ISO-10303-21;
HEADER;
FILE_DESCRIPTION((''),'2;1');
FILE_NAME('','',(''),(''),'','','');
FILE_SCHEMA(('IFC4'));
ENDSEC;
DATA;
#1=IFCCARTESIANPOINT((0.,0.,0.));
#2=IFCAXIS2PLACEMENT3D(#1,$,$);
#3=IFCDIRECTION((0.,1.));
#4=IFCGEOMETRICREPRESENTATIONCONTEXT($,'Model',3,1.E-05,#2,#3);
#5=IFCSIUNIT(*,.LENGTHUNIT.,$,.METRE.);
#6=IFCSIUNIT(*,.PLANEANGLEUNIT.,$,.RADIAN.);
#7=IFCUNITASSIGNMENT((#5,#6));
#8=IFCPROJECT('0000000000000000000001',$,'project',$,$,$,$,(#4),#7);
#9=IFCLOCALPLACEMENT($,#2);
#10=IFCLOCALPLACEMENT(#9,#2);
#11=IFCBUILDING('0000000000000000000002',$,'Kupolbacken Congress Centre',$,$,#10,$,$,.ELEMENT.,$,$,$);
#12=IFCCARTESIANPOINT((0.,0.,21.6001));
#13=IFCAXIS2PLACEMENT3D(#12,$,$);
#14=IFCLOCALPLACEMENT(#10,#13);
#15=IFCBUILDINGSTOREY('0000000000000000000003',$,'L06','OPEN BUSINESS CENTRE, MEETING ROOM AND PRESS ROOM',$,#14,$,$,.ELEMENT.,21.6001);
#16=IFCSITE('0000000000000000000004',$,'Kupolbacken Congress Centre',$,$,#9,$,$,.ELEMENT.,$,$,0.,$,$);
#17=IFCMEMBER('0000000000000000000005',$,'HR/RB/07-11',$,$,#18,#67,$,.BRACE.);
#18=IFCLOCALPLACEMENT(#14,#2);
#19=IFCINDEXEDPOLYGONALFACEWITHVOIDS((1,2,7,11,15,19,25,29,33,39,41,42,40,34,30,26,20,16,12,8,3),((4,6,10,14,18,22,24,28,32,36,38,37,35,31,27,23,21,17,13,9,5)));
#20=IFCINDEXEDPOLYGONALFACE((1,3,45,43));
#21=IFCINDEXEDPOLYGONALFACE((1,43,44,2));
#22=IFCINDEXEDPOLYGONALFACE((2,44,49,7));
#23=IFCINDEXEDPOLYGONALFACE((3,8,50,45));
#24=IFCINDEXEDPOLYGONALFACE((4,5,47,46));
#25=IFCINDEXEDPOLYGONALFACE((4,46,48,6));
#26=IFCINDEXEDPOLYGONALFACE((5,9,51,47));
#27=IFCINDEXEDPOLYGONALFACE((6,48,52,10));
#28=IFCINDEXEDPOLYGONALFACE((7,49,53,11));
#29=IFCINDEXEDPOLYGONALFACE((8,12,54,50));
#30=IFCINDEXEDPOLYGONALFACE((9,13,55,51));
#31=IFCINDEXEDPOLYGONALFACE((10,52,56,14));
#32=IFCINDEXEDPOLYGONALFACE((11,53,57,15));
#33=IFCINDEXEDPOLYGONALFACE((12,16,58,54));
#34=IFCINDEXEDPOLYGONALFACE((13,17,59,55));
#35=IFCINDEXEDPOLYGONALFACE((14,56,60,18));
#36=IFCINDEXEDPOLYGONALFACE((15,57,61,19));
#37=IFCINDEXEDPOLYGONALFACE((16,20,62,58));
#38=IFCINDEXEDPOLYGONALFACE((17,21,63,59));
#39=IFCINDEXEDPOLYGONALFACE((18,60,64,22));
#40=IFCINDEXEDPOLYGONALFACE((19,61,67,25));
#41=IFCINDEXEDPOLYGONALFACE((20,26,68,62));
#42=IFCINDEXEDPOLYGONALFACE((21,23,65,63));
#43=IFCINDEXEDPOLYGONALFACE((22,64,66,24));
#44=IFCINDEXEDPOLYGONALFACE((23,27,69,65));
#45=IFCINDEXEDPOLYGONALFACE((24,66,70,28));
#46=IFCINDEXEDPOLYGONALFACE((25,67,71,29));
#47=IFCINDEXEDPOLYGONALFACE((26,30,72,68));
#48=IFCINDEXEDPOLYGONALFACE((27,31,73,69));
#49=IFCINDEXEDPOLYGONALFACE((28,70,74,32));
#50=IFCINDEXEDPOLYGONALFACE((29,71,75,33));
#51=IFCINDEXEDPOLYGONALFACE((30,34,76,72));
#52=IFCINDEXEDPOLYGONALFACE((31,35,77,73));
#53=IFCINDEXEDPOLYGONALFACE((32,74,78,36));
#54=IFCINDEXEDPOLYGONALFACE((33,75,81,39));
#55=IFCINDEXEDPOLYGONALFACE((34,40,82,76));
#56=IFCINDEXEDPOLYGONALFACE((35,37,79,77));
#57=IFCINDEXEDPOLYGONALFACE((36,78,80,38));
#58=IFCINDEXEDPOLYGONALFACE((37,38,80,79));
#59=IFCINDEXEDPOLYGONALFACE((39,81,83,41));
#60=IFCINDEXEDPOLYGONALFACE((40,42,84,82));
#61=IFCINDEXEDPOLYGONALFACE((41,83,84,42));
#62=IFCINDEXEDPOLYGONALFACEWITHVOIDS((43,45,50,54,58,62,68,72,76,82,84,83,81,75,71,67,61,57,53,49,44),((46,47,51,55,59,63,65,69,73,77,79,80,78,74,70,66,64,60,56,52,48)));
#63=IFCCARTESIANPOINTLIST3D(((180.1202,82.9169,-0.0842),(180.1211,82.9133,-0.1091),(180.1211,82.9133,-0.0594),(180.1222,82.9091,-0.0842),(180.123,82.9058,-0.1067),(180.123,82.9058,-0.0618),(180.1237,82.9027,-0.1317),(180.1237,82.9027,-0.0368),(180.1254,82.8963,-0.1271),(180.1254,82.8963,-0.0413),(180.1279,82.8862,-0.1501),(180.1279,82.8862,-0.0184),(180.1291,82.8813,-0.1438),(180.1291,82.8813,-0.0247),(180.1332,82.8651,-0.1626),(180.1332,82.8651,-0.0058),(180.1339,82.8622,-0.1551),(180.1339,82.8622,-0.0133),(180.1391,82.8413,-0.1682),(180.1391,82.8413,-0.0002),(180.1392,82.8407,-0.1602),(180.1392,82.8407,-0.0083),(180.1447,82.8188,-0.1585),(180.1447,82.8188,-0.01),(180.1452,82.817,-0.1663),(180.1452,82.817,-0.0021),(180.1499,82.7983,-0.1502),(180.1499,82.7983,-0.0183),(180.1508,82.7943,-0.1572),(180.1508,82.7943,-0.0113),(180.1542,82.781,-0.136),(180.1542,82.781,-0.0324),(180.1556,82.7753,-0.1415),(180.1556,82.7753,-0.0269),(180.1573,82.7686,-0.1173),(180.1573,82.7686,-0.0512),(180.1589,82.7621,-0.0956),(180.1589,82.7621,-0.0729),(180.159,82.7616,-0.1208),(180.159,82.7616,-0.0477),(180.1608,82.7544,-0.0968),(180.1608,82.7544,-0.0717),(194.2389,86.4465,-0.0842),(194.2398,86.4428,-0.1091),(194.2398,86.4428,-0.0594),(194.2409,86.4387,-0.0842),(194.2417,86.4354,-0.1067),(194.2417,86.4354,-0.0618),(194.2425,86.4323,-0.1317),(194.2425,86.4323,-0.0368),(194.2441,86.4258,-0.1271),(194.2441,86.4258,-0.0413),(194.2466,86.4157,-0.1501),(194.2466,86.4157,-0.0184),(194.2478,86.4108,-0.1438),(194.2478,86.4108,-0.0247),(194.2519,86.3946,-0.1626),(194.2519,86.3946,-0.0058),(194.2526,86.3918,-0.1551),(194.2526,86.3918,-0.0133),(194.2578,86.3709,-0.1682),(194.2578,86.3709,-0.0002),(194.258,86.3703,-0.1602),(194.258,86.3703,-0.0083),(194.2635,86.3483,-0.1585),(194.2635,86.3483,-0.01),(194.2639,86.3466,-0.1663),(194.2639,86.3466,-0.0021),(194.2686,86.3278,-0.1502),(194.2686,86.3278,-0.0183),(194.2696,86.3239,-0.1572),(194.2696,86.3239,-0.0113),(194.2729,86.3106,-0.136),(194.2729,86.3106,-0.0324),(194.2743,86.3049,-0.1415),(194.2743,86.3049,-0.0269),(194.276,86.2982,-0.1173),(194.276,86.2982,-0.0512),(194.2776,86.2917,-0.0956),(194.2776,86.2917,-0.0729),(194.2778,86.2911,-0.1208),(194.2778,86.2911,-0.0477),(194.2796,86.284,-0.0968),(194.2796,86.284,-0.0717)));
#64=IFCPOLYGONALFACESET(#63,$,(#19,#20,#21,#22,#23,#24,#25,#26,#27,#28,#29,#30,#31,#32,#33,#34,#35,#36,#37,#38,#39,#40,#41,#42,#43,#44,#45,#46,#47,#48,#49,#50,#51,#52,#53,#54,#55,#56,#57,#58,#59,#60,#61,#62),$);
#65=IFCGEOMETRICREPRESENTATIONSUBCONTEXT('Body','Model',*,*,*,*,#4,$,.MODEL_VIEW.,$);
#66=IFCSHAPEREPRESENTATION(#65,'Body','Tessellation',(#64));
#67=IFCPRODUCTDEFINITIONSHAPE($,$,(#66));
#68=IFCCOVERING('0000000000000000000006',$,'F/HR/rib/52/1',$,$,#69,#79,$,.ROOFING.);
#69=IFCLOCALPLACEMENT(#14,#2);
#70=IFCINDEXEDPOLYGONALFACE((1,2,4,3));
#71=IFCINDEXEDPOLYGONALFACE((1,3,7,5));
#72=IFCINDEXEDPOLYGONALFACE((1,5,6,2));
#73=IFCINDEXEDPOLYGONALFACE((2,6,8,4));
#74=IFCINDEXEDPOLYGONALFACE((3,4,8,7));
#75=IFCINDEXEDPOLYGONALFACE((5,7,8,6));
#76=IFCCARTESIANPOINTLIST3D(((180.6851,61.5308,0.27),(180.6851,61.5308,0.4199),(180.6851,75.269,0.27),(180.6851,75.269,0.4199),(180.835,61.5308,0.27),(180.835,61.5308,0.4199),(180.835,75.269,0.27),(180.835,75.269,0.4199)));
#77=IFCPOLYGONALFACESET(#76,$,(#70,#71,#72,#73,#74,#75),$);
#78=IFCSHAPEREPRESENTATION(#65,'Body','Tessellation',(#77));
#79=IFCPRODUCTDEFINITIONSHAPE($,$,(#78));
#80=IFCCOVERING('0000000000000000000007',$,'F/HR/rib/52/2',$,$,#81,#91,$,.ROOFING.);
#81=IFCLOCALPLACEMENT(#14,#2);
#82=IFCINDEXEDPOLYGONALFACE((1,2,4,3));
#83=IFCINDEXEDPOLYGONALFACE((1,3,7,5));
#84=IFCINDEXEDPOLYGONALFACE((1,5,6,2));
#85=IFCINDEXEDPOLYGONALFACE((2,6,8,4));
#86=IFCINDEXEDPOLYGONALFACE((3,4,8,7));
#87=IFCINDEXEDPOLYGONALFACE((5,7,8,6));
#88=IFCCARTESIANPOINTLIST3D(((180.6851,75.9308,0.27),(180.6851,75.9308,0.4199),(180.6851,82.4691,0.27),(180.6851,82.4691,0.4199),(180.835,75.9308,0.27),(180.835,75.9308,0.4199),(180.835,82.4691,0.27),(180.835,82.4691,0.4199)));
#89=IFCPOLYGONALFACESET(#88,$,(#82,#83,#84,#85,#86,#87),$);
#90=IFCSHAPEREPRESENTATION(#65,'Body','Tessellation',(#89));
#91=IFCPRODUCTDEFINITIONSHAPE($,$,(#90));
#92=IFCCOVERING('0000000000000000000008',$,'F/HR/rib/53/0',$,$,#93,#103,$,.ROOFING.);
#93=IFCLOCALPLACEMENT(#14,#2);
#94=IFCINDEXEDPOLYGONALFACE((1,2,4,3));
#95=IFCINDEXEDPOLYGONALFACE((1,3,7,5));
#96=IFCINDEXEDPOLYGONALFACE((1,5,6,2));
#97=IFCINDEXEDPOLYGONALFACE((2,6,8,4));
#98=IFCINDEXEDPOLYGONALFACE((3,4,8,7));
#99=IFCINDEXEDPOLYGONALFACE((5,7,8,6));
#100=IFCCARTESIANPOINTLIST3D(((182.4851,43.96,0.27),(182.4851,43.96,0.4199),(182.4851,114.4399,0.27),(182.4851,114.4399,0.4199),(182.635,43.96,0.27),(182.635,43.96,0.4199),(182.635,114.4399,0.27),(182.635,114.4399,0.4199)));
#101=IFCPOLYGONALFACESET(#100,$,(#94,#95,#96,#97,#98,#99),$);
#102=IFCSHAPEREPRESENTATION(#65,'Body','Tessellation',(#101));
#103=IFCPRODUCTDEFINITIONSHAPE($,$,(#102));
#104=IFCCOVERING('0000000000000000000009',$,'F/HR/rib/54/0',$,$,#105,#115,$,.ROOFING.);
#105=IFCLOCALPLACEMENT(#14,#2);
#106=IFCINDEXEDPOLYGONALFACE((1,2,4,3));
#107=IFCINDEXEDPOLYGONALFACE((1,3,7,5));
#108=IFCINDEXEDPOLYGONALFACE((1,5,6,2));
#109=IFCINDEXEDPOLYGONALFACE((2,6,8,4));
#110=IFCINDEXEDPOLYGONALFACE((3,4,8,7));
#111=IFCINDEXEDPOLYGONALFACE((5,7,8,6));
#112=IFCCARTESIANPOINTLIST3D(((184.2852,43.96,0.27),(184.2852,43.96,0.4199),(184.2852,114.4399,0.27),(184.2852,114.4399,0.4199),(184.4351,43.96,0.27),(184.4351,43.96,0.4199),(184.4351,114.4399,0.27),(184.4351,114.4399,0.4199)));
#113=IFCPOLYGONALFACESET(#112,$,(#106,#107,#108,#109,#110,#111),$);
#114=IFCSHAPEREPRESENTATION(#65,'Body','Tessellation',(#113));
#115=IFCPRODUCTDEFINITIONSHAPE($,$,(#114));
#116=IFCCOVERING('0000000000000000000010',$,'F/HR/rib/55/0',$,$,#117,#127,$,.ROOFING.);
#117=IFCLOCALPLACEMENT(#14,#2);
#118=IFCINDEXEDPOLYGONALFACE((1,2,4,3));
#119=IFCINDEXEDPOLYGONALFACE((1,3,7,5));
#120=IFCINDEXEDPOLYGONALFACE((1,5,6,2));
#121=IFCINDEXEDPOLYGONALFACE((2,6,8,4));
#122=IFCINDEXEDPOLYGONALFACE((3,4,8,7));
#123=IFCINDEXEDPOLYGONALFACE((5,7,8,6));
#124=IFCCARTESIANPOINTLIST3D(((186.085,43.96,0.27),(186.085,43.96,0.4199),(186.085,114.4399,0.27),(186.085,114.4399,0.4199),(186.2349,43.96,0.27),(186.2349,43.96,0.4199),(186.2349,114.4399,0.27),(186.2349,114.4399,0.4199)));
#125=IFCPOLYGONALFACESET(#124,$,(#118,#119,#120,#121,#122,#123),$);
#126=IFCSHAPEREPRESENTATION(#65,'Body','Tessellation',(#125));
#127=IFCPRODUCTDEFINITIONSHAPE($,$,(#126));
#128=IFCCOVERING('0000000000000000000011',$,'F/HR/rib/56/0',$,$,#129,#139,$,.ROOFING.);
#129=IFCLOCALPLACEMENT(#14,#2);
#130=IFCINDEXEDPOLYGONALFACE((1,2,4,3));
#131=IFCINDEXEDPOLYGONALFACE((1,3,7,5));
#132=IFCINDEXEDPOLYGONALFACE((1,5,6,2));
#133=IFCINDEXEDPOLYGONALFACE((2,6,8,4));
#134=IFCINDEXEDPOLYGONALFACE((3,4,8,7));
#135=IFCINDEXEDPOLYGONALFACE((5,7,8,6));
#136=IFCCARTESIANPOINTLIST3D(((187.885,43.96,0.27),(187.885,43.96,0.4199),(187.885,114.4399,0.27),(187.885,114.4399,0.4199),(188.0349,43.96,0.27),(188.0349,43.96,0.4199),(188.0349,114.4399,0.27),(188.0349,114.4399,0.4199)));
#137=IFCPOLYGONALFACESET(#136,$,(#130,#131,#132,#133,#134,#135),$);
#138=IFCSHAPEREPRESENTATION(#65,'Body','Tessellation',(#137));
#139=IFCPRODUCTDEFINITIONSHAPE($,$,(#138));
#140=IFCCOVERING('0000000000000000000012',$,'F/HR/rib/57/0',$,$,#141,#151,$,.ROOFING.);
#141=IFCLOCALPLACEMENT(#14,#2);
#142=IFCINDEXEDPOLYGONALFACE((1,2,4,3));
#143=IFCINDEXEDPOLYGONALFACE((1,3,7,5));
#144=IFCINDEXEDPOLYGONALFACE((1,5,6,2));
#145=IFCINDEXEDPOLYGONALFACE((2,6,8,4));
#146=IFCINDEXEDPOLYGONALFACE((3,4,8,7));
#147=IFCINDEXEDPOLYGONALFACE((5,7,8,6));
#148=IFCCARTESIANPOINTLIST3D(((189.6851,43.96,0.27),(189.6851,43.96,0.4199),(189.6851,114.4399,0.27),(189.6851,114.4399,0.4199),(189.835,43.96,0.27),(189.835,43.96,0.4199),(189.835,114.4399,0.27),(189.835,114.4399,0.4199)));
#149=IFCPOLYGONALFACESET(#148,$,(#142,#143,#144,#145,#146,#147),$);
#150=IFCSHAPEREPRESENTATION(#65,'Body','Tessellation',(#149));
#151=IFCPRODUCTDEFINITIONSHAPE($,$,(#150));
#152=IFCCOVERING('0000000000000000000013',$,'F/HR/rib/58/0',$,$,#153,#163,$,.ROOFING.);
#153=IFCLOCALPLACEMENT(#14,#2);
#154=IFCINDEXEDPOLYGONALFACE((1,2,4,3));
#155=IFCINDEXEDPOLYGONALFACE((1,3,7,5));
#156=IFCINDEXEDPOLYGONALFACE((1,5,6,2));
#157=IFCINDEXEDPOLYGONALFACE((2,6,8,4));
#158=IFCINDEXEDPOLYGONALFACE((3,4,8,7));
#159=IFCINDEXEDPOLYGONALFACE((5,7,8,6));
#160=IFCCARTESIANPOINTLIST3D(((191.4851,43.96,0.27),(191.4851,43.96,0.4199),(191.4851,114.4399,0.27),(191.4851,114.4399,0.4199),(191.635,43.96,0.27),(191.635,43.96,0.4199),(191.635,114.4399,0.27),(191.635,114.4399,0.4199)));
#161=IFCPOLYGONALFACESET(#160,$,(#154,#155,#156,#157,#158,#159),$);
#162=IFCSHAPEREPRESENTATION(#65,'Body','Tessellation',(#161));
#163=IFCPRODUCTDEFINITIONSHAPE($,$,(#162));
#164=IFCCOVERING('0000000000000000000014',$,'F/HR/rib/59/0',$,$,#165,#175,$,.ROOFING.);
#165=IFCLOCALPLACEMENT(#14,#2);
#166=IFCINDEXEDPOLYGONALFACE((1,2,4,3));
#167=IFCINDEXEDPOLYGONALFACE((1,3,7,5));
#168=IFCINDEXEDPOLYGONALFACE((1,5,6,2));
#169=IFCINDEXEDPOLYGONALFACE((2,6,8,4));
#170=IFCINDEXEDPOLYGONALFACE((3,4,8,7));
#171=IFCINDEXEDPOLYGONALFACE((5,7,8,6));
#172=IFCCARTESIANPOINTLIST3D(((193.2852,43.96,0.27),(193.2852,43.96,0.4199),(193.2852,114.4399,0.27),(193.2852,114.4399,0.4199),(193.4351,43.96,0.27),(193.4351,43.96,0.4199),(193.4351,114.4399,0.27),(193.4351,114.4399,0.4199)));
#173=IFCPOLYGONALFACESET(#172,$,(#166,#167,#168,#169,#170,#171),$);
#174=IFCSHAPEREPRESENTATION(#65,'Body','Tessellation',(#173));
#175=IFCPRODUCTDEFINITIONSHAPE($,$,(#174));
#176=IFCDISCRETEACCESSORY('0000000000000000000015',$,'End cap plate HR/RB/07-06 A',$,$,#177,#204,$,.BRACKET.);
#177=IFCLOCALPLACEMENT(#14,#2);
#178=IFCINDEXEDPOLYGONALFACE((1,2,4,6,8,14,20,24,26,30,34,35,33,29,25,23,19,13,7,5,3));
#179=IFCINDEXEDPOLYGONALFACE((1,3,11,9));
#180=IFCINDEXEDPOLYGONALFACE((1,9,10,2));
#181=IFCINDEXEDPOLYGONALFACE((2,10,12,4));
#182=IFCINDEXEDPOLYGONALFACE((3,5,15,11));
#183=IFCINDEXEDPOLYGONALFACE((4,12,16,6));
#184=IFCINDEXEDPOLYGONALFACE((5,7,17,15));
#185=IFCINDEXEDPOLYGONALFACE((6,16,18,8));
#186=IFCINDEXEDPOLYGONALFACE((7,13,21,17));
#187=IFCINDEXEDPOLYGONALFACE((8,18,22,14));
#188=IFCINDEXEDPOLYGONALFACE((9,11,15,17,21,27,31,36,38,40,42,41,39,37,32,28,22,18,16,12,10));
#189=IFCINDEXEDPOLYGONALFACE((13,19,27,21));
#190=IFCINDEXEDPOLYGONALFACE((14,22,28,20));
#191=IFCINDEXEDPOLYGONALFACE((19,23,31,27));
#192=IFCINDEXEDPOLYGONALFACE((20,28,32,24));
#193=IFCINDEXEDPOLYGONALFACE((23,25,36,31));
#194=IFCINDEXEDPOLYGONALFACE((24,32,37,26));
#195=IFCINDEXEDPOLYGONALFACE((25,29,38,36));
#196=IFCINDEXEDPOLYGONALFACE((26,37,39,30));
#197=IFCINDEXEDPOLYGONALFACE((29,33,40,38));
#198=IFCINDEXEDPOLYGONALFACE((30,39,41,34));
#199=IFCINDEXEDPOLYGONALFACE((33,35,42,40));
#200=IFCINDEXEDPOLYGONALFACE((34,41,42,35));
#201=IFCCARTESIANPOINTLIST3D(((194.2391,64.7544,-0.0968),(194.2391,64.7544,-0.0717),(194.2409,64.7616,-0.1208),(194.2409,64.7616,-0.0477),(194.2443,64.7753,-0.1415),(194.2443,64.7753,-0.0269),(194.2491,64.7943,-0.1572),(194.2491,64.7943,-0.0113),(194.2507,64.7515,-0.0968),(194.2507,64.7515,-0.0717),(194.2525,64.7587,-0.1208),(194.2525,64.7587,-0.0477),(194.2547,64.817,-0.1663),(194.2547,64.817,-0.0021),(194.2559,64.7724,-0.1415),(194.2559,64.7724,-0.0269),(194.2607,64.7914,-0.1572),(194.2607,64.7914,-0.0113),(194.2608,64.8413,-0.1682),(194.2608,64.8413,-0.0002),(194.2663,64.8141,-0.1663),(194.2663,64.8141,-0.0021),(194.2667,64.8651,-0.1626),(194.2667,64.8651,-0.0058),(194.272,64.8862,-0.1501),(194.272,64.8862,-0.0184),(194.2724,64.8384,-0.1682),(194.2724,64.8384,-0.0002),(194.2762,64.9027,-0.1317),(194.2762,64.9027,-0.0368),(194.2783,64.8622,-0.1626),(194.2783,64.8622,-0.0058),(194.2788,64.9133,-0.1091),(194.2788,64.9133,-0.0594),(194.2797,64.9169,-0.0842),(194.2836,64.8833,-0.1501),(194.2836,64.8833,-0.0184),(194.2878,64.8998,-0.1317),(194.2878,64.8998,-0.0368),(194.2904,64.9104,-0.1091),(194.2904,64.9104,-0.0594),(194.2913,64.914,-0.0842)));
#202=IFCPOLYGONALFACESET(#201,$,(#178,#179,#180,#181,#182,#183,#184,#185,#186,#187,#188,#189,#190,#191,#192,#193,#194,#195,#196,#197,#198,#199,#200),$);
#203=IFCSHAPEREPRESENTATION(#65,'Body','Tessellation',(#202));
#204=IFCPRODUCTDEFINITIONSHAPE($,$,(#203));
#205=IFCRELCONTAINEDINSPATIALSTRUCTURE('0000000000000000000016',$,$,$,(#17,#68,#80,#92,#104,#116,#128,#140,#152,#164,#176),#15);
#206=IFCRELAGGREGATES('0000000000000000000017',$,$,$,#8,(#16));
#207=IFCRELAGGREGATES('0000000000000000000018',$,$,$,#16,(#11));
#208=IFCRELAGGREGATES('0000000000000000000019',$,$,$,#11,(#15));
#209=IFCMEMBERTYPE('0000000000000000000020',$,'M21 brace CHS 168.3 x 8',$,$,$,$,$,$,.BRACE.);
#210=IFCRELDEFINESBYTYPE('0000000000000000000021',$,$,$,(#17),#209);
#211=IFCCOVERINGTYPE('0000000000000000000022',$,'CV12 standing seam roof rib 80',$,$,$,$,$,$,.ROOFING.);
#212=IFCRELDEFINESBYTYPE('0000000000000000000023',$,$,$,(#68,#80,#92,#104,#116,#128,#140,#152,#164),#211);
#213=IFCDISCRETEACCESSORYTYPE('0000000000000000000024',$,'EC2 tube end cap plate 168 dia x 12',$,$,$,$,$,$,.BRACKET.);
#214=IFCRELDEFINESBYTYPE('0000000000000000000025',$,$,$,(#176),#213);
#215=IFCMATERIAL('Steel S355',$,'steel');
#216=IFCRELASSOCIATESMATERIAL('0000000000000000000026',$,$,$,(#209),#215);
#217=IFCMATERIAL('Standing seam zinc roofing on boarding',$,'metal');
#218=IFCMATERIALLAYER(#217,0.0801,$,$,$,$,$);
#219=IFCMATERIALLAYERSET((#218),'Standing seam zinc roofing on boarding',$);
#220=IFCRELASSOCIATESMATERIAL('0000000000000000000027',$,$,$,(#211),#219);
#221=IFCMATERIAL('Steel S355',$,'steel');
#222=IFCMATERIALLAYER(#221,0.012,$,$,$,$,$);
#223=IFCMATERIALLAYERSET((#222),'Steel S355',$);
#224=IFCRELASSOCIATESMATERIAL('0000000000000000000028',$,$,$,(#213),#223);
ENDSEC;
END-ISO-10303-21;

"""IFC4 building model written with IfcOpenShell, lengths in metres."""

from ifc_helpers import new_model, si_unit, direction, frame, origin, origin_2d, place, context, subcontext, project, spatial, rectangle, circle, hollow_circle, extrude, material, layer, layer_set, material_profile, profile_set, type_object, element, save


model = new_model("IFC4")

# Units and contexts
model_context = context("Model", 3, precision=1e-05, world=origin(), true_north=direction((0.0, 1.0)))
body_context = subcontext(model_context, "Body", "Model", "MODEL_VIEW")
ifc_project = project(units=[si_unit("LENGTHUNIT", "METRE"), si_unit("PLANEANGLEUNIT", "RADIAN")], contexts=[model_context])

# Site, building, storey
site_placement = place(None, origin())
site = spatial("IfcSite", under=ifc_project, at=site_placement, Name="Kupolbacken Congress Centre", CompositionType="ELEMENT", RefElevation=0.0)
building_placement = place(site_placement, origin())
building = spatial("IfcBuilding", under=site, at=building_placement, Name="Kupolbacken Congress Centre", CompositionType="ELEMENT")
storey_placement = place(building_placement, frame((0.0, 0.0, 21.6001)))
storey = spatial("IfcBuildingStorey", under=building, at=storey_placement, Name="L06", Description="OPEN BUSINESS CENTRE, MEETING ROOM AND PRESS ROOM", CompositionType="ELEMENT", Elevation=21.6001)

# Member
ifc_material_1 = material(Name="Steel S355", Category="steel")
ifc_material_profile_1 = material_profile(ifc_material_1, hollow_circle(Radius=0.0842, WallThickness=0.0081, at=origin_2d()), Name="CHS 168.3 x 8")
ifc_profile_set_1 = profile_set([ifc_material_profile_1], Name="Steel S355")
member_type = type_object("IfcMemberType", Name="M21 brace CHS 168.3 x 8", PredefinedType="BRACE", material=ifc_profile_set_1)
for number, where, z_axis, x_axis, name in (
    (1, (180.1406, 82.8352, -0.0842), (0.970144, 0.242528, 0.0), (-0.242528, 0.970144, 0.0), "HR/RB/07-11"),
):
    element("IfcMember", number, at=place(storey_placement, frame(where, z_axis=z_axis, x_axis=x_axis)), inside=storey, type_object=member_type, Name=name, PredefinedType="BRACE", context=body_context, shape_type="SweptSolid", body=[
        extrude(hollow_circle(Radius=0.0842, WallThickness=0.0081, at=origin_2d()), origin(), (0.0, 0.0, 1.0), 14.5532),
    ])

# Coverings
ifc_material_2 = material(Name="Standing seam zinc roofing on boarding", Category="metal")
ifc_layer_1 = layer(ifc_material_2, 0.0801)
ifc_layer_set_1 = layer_set([ifc_layer_1], Name="Standing seam zinc roofing on boarding")
covering_type = type_object("IfcCoveringType", Name="CV12 standing seam roof rib 80", PredefinedType="ROOFING", material=ifc_layer_set_1)
covering_1_placement = place(storey_placement, frame((180.76, 68.3999, 0.27), z_axis=(0.0, 0.0, 1.0), x_axis=(0.0, 1.0, 0.0)))
element("IfcCovering", 2, at=covering_1_placement, inside=storey, type_object=covering_type, Name="F/HR/rib/52/1", PredefinedType="ROOFING", context=body_context, shape_type="SweptSolid", body=[
    extrude(rectangle(XDim=13.7383, YDim=0.1499, at=origin_2d()), origin(), (0.0, 0.0, 1.0), 0.1499),
])
covering_2_placement = place(storey_placement, frame((180.76, 79.2, 0.27), z_axis=(0.0, 0.0, 1.0), x_axis=(0.0, 1.0, 0.0)))
element("IfcCovering", 3, at=covering_2_placement, inside=storey, type_object=covering_type, Name="F/HR/rib/52/2", PredefinedType="ROOFING", context=body_context, shape_type="SweptSolid", body=[
    extrude(rectangle(XDim=6.5383, YDim=0.1499, at=origin_2d()), origin(), (0.0, 0.0, 1.0), 0.1499),
])
for number, where, z_axis, x_axis, name in (
    (4, (182.5601, 79.2, 0.27), (0.0, 0.0, 1.0), (0.0, 1.0, 0.0), "F/HR/rib/53/0"),
    (5, (184.3601, 79.2, 0.27), (0.0, 0.0, 1.0), (0.0, 1.0, 0.0), "F/HR/rib/54/0"),
    (6, (186.1599, 79.2, 0.27), (0.0, 0.0, 1.0), (0.0, 1.0, 0.0), "F/HR/rib/55/0"),
    (7, (187.96, 79.2, 0.27), (0.0, 0.0, 1.0), (0.0, 1.0, 0.0), "F/HR/rib/56/0"),
    (8, (189.76, 79.2, 0.27), (0.0, 0.0, 1.0), (0.0, 1.0, 0.0), "F/HR/rib/57/0"),
    (9, (191.5601, 79.2, 0.27), (0.0, 0.0, 1.0), (0.0, 1.0, 0.0), "F/HR/rib/58/0"),
    (10, (193.3601, 79.2, 0.27), (0.0, 0.0, 1.0), (0.0, 1.0, 0.0), "F/HR/rib/59/0"),
):
    element("IfcCovering", number, at=place(storey_placement, frame(where, z_axis=z_axis, x_axis=x_axis)), inside=storey, type_object=covering_type, Name=name, PredefinedType="ROOFING", context=body_context, shape_type="SweptSolid", body=[
        extrude(rectangle(XDim=70.48, YDim=0.1499, at=origin_2d()), origin(), (0.0, 0.0, 1.0), 0.1499),
    ])

# Discrete accessory
ifc_material_3 = material(Name="Steel S355", Category="steel")
ifc_layer_2 = layer(ifc_material_3, 0.012)
ifc_layer_set_2 = layer_set([ifc_layer_2], Name="Steel S355")
discrete_accessory_type = type_object("IfcDiscreteAccessoryType", Name="EC2 tube end cap plate 168 dia x 12", PredefinedType="BRACKET", material=ifc_layer_set_2)
for number, where, z_axis, x_axis, name in (
    (11, (194.2593, 64.8352, -0.0842), (0.970143, -0.242536, 0.0), (0.242536, 0.970143, 0.0), "End cap plate HR/RB/07-06 A"),
):
    element("IfcDiscreteAccessory", number, at=place(storey_placement, frame(where, z_axis=z_axis, x_axis=x_axis)), inside=storey, type_object=discrete_accessory_type, Name=name, PredefinedType="BRACKET", context=body_context, shape_type="SweptSolid", body=[
        extrude(circle(Radius=0.0842, at=origin_2d()), origin(), (0.0, 0.0, 1.0), 0.012),
    ])

save(model, "model.ifc")
